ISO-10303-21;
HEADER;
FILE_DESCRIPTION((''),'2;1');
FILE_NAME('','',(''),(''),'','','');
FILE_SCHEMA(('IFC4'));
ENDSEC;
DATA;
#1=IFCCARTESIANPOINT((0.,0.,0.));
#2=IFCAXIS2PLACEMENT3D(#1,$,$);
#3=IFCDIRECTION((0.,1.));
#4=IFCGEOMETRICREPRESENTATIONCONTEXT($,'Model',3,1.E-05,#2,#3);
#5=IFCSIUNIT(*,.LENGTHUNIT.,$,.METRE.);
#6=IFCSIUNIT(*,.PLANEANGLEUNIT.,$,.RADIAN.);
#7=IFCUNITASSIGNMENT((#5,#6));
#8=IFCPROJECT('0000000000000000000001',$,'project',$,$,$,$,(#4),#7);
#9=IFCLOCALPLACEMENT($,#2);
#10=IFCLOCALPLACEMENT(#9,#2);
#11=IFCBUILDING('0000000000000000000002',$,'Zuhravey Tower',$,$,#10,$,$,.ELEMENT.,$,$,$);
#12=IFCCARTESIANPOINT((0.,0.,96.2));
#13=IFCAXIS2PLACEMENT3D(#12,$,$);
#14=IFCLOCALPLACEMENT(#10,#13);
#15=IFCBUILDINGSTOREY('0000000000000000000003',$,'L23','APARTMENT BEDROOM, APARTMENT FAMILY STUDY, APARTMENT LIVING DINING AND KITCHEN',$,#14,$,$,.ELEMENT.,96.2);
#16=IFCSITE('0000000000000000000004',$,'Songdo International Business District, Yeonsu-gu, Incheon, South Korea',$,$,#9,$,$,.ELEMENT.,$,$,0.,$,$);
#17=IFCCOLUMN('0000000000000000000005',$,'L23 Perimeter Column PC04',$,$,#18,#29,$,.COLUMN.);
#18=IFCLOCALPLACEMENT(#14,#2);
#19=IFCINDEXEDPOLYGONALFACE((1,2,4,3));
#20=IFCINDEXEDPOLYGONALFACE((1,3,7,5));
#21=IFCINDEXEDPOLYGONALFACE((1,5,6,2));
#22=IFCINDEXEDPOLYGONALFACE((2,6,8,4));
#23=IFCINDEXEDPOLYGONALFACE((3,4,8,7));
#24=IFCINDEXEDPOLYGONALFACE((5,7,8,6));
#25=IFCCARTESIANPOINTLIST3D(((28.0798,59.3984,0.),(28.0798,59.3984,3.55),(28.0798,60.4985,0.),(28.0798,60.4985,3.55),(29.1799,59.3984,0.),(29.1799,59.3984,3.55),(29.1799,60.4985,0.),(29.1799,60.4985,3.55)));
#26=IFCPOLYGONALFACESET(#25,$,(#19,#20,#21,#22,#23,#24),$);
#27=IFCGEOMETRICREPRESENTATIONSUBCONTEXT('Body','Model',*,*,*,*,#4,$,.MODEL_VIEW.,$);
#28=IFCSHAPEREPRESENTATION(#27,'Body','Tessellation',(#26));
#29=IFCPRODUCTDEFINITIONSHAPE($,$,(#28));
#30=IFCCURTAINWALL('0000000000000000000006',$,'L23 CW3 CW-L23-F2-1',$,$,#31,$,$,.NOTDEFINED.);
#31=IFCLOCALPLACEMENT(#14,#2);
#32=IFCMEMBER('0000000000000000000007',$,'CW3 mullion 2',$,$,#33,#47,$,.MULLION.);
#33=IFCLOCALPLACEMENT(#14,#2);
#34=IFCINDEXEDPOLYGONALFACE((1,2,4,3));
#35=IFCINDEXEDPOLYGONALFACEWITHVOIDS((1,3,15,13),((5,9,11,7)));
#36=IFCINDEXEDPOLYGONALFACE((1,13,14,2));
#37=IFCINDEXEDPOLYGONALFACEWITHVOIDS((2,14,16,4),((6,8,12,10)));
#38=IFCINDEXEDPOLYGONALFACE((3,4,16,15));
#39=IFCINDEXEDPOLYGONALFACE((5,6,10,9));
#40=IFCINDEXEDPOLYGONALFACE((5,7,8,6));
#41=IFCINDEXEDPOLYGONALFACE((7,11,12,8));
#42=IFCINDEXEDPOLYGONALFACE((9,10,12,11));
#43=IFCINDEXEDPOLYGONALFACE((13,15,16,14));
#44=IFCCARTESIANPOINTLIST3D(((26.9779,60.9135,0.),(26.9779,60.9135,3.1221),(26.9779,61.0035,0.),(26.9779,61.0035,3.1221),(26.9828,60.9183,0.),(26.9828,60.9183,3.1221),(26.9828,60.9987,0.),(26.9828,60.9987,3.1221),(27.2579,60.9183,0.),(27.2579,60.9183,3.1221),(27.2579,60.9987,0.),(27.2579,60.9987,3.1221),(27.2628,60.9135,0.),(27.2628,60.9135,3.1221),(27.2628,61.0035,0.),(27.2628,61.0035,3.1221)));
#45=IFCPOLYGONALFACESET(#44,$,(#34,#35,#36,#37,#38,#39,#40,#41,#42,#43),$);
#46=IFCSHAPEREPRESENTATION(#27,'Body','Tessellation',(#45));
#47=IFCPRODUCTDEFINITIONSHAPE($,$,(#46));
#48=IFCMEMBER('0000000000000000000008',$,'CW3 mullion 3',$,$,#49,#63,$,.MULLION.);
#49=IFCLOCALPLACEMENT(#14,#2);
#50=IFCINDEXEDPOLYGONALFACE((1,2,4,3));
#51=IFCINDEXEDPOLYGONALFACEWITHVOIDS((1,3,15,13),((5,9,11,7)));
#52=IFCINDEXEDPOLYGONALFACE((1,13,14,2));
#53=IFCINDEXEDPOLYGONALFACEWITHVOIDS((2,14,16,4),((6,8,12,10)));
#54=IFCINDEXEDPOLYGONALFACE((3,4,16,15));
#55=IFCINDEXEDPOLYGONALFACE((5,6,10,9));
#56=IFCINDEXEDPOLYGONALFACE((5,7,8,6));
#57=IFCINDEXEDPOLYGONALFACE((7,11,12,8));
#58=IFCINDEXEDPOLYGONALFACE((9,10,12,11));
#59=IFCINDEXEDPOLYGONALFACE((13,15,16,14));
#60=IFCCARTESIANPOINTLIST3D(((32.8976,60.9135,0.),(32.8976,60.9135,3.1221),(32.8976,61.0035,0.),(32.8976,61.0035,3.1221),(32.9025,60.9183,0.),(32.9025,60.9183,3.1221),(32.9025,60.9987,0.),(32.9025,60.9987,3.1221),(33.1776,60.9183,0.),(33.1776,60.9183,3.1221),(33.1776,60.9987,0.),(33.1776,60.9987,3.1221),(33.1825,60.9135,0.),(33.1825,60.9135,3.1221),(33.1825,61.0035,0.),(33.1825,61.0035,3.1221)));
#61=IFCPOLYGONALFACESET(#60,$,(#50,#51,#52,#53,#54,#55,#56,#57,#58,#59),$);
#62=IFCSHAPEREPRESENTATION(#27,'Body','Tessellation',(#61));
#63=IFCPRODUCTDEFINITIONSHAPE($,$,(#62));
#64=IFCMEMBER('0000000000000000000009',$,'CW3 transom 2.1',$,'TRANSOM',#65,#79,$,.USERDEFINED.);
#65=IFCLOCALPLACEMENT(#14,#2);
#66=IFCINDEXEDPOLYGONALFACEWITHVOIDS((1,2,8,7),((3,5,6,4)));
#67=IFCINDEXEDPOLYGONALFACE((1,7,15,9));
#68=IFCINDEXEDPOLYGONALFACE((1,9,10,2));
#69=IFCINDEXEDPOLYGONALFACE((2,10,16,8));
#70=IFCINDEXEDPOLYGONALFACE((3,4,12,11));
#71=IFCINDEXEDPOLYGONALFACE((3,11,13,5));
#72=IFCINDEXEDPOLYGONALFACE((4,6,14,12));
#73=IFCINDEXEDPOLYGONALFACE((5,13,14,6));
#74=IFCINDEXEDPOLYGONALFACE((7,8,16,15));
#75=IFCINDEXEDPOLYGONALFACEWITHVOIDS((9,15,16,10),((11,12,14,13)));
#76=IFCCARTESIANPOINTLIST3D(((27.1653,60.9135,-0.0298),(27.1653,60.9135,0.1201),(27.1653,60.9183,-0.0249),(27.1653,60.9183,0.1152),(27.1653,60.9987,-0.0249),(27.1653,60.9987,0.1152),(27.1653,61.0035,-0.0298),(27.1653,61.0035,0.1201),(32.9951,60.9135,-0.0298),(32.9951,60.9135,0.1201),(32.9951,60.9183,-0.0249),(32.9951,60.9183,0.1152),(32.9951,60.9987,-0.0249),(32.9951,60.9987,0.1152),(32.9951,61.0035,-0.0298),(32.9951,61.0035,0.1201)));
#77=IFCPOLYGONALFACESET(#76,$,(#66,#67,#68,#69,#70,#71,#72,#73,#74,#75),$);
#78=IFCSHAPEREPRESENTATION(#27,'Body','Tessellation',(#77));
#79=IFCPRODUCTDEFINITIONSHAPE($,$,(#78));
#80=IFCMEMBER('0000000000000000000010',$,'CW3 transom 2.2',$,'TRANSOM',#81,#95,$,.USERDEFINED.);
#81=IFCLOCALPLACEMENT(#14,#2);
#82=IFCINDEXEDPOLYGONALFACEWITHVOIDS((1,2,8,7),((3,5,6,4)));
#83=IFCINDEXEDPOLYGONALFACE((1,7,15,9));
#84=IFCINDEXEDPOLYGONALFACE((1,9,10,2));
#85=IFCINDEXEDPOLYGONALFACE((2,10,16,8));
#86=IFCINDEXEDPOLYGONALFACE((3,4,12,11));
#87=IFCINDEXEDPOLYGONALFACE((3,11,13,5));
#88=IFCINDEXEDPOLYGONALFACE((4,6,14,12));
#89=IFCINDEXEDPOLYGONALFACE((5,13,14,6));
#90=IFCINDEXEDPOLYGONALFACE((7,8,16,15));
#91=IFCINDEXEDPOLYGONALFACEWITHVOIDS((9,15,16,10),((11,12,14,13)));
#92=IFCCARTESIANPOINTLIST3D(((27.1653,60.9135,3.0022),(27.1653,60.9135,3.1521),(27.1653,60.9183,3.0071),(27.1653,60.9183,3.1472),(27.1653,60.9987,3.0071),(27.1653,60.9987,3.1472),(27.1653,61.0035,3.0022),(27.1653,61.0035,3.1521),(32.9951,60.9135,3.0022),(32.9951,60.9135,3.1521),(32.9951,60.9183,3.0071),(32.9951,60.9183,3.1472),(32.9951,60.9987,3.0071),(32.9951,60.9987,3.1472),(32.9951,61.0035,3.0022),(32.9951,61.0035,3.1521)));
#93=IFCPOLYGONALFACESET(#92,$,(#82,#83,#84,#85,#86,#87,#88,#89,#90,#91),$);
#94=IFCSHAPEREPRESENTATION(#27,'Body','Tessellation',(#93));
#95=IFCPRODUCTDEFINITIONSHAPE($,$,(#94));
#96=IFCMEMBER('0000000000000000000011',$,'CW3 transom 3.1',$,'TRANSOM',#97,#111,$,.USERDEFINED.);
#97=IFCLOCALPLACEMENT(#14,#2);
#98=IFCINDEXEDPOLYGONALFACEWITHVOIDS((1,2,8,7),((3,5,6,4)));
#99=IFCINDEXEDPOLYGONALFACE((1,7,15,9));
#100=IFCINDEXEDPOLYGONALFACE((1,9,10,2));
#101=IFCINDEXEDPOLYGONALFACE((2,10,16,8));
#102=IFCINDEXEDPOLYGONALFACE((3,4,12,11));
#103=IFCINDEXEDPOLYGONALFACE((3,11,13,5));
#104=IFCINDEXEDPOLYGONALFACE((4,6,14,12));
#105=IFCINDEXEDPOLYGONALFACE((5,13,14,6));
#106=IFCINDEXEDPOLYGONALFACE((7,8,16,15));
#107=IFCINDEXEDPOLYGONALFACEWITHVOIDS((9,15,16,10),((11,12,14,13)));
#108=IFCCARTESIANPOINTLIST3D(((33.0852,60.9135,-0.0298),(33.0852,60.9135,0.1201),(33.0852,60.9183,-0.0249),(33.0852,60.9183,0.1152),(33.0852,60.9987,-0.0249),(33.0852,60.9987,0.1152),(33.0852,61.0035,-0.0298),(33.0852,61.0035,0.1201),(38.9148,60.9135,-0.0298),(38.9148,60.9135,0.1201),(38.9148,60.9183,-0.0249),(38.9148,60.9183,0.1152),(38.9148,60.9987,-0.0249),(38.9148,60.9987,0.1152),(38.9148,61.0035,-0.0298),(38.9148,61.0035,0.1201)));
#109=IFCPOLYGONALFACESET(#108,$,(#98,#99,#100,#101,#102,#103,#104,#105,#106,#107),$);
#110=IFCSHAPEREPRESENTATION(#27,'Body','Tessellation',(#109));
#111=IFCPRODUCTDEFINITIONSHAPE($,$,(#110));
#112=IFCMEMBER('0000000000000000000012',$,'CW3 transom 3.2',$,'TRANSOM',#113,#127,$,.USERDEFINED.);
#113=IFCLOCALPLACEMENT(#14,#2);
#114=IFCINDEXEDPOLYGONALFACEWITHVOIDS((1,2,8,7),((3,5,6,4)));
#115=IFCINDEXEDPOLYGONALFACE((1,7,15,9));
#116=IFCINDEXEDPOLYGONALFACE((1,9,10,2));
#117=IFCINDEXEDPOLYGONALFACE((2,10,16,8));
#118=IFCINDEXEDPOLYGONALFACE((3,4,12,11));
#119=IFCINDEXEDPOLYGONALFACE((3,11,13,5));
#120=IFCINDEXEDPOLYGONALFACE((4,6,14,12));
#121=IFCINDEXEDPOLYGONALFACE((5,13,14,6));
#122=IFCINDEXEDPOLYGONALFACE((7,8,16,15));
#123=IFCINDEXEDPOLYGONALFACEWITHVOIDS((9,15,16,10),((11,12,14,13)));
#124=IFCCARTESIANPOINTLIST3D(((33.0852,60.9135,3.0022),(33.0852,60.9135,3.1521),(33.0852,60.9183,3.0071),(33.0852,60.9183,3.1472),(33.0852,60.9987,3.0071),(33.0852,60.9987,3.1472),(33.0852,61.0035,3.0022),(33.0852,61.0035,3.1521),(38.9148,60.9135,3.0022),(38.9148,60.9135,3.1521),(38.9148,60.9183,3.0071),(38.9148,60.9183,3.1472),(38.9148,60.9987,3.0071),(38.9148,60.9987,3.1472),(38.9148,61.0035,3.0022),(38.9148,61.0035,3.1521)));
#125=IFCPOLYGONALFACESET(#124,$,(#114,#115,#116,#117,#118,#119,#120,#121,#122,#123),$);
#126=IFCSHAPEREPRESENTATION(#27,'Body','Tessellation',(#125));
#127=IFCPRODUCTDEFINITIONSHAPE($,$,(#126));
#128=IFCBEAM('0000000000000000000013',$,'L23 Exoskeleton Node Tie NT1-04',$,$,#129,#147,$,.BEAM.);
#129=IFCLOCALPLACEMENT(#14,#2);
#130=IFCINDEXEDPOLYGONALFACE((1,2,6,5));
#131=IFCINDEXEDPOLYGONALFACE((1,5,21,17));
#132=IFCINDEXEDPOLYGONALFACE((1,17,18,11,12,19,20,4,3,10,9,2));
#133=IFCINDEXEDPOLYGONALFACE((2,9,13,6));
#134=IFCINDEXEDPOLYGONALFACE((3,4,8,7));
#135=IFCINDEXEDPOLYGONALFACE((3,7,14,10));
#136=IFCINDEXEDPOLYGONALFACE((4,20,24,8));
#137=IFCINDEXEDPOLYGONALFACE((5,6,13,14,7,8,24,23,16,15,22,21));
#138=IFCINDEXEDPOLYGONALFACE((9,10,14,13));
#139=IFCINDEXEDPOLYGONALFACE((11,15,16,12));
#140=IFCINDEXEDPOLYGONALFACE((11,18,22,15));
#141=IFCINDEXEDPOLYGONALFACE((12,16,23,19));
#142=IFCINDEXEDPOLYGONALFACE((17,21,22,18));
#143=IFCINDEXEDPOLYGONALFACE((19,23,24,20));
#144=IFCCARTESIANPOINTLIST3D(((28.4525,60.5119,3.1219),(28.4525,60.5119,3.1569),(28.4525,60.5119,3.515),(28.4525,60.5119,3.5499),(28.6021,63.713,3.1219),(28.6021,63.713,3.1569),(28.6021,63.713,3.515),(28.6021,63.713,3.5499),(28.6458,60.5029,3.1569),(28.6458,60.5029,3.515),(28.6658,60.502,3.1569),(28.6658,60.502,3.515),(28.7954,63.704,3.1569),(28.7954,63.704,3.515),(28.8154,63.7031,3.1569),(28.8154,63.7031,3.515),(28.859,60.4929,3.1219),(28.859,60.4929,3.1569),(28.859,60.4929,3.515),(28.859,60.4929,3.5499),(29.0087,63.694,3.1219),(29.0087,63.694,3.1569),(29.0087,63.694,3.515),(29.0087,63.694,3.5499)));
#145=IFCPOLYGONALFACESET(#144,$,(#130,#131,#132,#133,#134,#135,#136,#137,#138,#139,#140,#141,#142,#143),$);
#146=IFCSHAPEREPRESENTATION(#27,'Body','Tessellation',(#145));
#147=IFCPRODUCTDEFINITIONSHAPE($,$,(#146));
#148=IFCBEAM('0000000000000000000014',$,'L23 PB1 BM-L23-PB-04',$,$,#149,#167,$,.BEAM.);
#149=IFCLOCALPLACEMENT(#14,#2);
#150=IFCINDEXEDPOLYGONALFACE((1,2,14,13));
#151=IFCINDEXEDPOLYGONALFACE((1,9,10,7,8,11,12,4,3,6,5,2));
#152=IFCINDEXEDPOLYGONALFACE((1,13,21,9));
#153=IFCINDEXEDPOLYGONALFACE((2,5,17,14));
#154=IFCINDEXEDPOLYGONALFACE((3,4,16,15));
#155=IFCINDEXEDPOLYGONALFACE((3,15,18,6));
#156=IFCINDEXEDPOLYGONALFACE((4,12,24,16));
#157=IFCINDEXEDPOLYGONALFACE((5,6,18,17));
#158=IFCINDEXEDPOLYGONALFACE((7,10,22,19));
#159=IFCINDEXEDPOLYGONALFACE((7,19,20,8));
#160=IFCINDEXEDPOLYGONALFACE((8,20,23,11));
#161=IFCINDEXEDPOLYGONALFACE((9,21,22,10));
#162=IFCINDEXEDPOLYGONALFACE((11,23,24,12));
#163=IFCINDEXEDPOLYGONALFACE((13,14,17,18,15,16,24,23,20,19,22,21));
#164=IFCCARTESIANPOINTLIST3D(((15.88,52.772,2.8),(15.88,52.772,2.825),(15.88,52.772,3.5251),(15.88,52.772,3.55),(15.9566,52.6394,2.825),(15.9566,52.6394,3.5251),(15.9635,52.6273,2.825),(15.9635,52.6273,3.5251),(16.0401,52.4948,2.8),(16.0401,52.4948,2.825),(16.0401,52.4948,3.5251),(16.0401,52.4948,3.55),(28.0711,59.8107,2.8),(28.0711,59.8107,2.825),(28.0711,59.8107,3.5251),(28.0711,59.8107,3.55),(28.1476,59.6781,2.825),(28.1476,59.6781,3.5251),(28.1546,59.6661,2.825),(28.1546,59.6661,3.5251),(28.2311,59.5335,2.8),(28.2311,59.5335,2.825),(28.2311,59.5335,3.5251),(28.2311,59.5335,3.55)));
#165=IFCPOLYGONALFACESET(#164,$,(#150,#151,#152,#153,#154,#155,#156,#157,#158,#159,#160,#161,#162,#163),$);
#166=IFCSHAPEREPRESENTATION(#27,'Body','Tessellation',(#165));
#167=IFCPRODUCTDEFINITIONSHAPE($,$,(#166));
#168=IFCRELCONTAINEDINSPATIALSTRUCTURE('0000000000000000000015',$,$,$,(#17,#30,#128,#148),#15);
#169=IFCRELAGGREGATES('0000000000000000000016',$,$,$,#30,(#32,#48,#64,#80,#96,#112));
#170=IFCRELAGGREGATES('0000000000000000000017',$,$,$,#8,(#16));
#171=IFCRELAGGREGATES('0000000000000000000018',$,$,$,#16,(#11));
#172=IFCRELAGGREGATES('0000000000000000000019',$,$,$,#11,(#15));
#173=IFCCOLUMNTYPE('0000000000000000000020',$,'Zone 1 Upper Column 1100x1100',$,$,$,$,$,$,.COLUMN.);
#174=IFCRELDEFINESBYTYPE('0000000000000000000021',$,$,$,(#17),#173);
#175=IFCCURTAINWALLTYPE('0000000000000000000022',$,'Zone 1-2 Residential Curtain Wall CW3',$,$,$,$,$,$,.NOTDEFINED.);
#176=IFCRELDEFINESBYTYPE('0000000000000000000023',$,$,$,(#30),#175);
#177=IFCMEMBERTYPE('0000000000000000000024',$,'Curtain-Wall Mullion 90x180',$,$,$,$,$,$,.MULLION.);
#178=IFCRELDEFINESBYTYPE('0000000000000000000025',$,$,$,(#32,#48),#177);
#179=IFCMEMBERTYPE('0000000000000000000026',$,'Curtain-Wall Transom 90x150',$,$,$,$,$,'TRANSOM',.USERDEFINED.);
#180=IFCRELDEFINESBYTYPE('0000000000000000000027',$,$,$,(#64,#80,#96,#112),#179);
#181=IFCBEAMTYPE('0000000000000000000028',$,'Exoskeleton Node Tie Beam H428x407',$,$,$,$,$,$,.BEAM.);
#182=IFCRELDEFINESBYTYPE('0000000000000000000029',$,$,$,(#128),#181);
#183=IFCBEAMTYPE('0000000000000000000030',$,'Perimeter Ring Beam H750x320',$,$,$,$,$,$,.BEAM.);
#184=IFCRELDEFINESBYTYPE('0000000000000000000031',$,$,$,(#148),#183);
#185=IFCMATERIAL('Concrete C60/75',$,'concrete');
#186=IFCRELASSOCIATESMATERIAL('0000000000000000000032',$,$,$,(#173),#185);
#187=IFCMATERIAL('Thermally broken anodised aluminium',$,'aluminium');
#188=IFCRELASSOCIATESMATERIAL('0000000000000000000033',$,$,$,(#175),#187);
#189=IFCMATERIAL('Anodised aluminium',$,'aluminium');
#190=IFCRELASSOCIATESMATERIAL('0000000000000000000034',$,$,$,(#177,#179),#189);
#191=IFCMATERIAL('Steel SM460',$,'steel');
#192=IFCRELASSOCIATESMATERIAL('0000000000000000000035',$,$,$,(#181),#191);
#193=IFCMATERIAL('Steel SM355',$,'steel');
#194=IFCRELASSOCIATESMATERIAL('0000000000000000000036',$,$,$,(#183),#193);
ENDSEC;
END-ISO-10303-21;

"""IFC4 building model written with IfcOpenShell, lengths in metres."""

from ifc_helpers import new_model, si_unit, direction, frame, origin, origin_2d, place, context, subcontext, project, spatial, rectangle, hollow_rectangle, i_section, extrude, material, material_profile, profile_set, type_object, element, aggregate, save


model = new_model("IFC4")

# Units and contexts
model_context = context("Model", 3, precision=1e-05, world=origin(), true_north=direction((0.0, 1.0)))
body_context = subcontext(model_context, "Body", "Model", "MODEL_VIEW")
ifc_project = project(units=[si_unit("LENGTHUNIT", "METRE"), si_unit("PLANEANGLEUNIT", "RADIAN")], contexts=[model_context])

# Site, building, storey
site_placement = place(None, origin())
site = spatial("IfcSite", under=ifc_project, at=site_placement, Name="Songdo International Business District, Yeonsu-gu, Incheon, South Korea", CompositionType="ELEMENT", RefElevation=0.0)
building_placement = place(site_placement, origin())
building = spatial("IfcBuilding", under=site, at=building_placement, Name="Zuhravey Tower", CompositionType="ELEMENT")
storey_placement = place(building_placement, frame((0.0, 0.0, 96.2)))
storey = spatial("IfcBuildingStorey", under=building, at=storey_placement, Name="L23", Description="APARTMENT BEDROOM, APARTMENT FAMILY STUDY, APARTMENT LIVING DINING AND KITCHEN", CompositionType="ELEMENT", Elevation=96.2)

# Column
ifc_material_1 = material(Name="Concrete C60/75", Category="concrete")
ifc_material_profile_1 = material_profile(ifc_material_1, rectangle(XDim=1.1001, YDim=1.1001, at=origin_2d()), Name="RC-1100x1100")
ifc_profile_set_1 = profile_set([ifc_material_profile_1], Name="Concrete C60/75")
column_type = type_object("IfcColumnType", Name="Zone 1 Upper Column 1100x1100", PredefinedType="COLUMN", material=ifc_profile_set_1)
column_placement = place(storey_placement, frame((28.6299, 59.9485, 0.0), z_axis=(0.0, 0.0, 1.0), x_axis=(-1.0, 0.0, 0.0)))
element("IfcColumn", 1, at=column_placement, inside=storey, type_object=column_type, Name="L23 Perimeter Column PC04", PredefinedType="COLUMN", context=body_context, shape_type="SweptSolid", body=[
    extrude(rectangle(XDim=1.1001, YDim=1.1001, at=origin_2d()), origin(), (0.0, 0.0, 1.0), 3.55),
])

# Curtain wall, members
ifc_material_2 = material(Name="Thermally broken anodised aluminium", Category="aluminium")
curtain_wall_type = type_object("IfcCurtainWallType", Name="Zone 1-2 Residential Curtain Wall CW3", PredefinedType="NOTDEFINED", material=ifc_material_2)
curtain_wall_placement = place(storey_placement, origin())
curtain_wall = element("IfcCurtainWall", 2, at=curtain_wall_placement, inside=storey, type_object=curtain_wall_type, Name="L23 CW3 CW-L23-F2-1", PredefinedType="NOTDEFINED")
ifc_material_3 = material(Name="Anodised aluminium", Category="aluminium")
ifc_material_profile_2 = material_profile(ifc_material_3, hollow_rectangle(XDim=0.0901, YDim=0.2849, WallThickness=0.0049, at=origin_2d()), Name="ALU-RHS-90x285x5")
ifc_profile_set_2 = profile_set([ifc_material_profile_2], Name="Anodised aluminium")
member_type_1 = type_object("IfcMemberType", Name="Curtain-Wall Mullion 90x180", PredefinedType="MULLION", material=ifc_profile_set_2)
member_1_placement = place(storey_placement, frame((27.1204, 60.9585, 0.0), z_axis=(0.0, 0.0, 1.0), x_axis=(0.0, 1.0, 0.0)))
member_1 = element("IfcMember", 3, at=member_1_placement, type_object=member_type_1, Name="CW3 mullion 2", PredefinedType="MULLION", context=body_context, shape_type="SweptSolid", body=[
    extrude(hollow_rectangle(XDim=0.0901, YDim=0.2849, WallThickness=0.0049, at=origin_2d()), origin(), (0.0, 0.0, 1.0), 3.1221),
])
member_2_placement = place(storey_placement, frame((33.04, 60.9585, 0.0), z_axis=(0.0, 0.0, 1.0), x_axis=(0.0, 1.0, 0.0)))
member_2 = element("IfcMember", 4, at=member_2_placement, type_object=member_type_1, Name="CW3 mullion 3", PredefinedType="MULLION", context=body_context, shape_type="SweptSolid", body=[
    extrude(hollow_rectangle(XDim=0.0901, YDim=0.2849, WallThickness=0.0049, at=origin_2d()), origin(), (0.0, 0.0, 1.0), 3.1221),
])
ifc_material_profile_3 = material_profile(ifc_material_3, hollow_rectangle(XDim=0.0901, YDim=0.1499, WallThickness=0.0049, at=origin_2d()), Name="ALU-RHS-90x150x5")
ifc_profile_set_3 = profile_set([ifc_material_profile_3], Name="Anodised aluminium")
member_type_2 = type_object("IfcMemberType", Name="Curtain-Wall Transom 90x150", ElementType="TRANSOM", PredefinedType="USERDEFINED", material=ifc_profile_set_3)
member_3_placement = place(storey_placement, frame((27.1653, 60.9585, 0.0452), z_axis=(1.0, 0.0, 0.0), x_axis=(0.0, 1.0, 0.0)))
member_3 = element("IfcMember", 5, at=member_3_placement, type_object=member_type_2, Name="CW3 transom 2.1", ObjectType="TRANSOM", PredefinedType="USERDEFINED", context=body_context, shape_type="SweptSolid", body=[
    extrude(hollow_rectangle(XDim=0.0901, YDim=0.1499, WallThickness=0.0049, at=origin_2d()), origin(), (0.0, 0.0, 1.0), 5.8298),
])
member_4_placement = place(storey_placement, frame((27.1653, 60.9585, 3.0771), z_axis=(1.0, 0.0, 0.0), x_axis=(0.0, 1.0, 0.0)))
member_4 = element("IfcMember", 6, at=member_4_placement, type_object=member_type_2, Name="CW3 transom 2.2", ObjectType="TRANSOM", PredefinedType="USERDEFINED", context=body_context, shape_type="SweptSolid", body=[
    extrude(hollow_rectangle(XDim=0.0901, YDim=0.1499, WallThickness=0.0049, at=origin_2d()), origin(), (0.0, 0.0, 1.0), 5.8298),
])
member_5_placement = place(storey_placement, frame((33.0852, 60.9585, 0.0452), z_axis=(1.0, 0.0, 0.0), x_axis=(0.0, 1.0, 0.0)))
member_5 = element("IfcMember", 7, at=member_5_placement, type_object=member_type_2, Name="CW3 transom 3.1", ObjectType="TRANSOM", PredefinedType="USERDEFINED", context=body_context, shape_type="SweptSolid", body=[
    extrude(hollow_rectangle(XDim=0.0901, YDim=0.1499, WallThickness=0.0049, at=origin_2d()), origin(), (0.0, 0.0, 1.0), 5.8296),
])
member_6_placement = place(storey_placement, frame((33.0852, 60.9585, 3.0771), z_axis=(1.0, 0.0, 0.0), x_axis=(0.0, 1.0, 0.0)))
member_6 = element("IfcMember", 8, at=member_6_placement, type_object=member_type_2, Name="CW3 transom 3.2", ObjectType="TRANSOM", PredefinedType="USERDEFINED", context=body_context, shape_type="SweptSolid", body=[
    extrude(hollow_rectangle(XDim=0.0901, YDim=0.1499, WallThickness=0.0049, at=origin_2d()), origin(), (0.0, 0.0, 1.0), 5.8296),
])

# Beams
ifc_material_4 = material(Name="Steel SM460", Category="steel")
ifc_material_profile_4 = material_profile(ifc_material_4, i_section(OverallWidth=0.407, OverallDepth=0.428, WebThickness=0.02, FlangeThickness=0.0349, at=origin_2d()), Name="H-428x407x20x35")
ifc_profile_set_4 = profile_set([ifc_material_profile_4], Name="Steel SM460")
beam_type_1 = type_object("IfcBeamType", Name="Exoskeleton Node Tie Beam H428x407", PredefinedType="BEAM", material=ifc_profile_set_4)
beam_1_placement = place(storey_placement, frame((28.6558, 60.5024, 3.3359), z_axis=(0.0467, 0.998909, 0.0), x_axis=(-0.998909, 0.0467, 0.0)))
element("IfcBeam", 9, at=beam_1_placement, inside=storey, type_object=beam_type_1, Name="L23 Exoskeleton Node Tie NT1-04", PredefinedType="BEAM", context=body_context, shape_type="SweptSolid", body=[
    extrude(i_section(OverallWidth=0.407, OverallDepth=0.428, WebThickness=0.02, FlangeThickness=0.0349, at=origin_2d()), origin(), (0.0, 0.0, 1.0), 3.2046),
])
ifc_material_5 = material(Name="Steel SM355", Category="steel")
ifc_material_profile_5 = material_profile(ifc_material_5, i_section(OverallWidth=0.3201, OverallDepth=0.75, WebThickness=0.0139, FlangeThickness=0.0249, at=origin_2d()), Name="H-750x320x14x25")
ifc_profile_set_5 = profile_set([ifc_material_profile_5], Name="Steel SM355")
beam_type_2 = type_object("IfcBeamType", Name="Perimeter Ring Beam H750x320", PredefinedType="BEAM", material=ifc_profile_set_5)
beam_2_placement = place(storey_placement, frame((28.1511, 59.6721, 3.175), z_axis=(-0.866018, -0.500013, 0.0), x_axis=(0.500013, -0.866018, 0.0)))
element("IfcBeam", 10, at=beam_2_placement, inside=storey, type_object=beam_type_2, Name="L23 PB1 BM-L23-PB-04", PredefinedType="BEAM", context=body_context, shape_type="SweptSolid", body=[
    extrude(i_section(OverallWidth=0.3201, OverallDepth=0.75, WebThickness=0.0139, FlangeThickness=0.0249, at=origin_2d()), origin(), (0.0, 0.0, 1.0), 14.0771),
])

aggregate(curtain_wall, [member_1, member_2, member_3, member_4, member_5, member_6])

save(model, "model.ifc")
